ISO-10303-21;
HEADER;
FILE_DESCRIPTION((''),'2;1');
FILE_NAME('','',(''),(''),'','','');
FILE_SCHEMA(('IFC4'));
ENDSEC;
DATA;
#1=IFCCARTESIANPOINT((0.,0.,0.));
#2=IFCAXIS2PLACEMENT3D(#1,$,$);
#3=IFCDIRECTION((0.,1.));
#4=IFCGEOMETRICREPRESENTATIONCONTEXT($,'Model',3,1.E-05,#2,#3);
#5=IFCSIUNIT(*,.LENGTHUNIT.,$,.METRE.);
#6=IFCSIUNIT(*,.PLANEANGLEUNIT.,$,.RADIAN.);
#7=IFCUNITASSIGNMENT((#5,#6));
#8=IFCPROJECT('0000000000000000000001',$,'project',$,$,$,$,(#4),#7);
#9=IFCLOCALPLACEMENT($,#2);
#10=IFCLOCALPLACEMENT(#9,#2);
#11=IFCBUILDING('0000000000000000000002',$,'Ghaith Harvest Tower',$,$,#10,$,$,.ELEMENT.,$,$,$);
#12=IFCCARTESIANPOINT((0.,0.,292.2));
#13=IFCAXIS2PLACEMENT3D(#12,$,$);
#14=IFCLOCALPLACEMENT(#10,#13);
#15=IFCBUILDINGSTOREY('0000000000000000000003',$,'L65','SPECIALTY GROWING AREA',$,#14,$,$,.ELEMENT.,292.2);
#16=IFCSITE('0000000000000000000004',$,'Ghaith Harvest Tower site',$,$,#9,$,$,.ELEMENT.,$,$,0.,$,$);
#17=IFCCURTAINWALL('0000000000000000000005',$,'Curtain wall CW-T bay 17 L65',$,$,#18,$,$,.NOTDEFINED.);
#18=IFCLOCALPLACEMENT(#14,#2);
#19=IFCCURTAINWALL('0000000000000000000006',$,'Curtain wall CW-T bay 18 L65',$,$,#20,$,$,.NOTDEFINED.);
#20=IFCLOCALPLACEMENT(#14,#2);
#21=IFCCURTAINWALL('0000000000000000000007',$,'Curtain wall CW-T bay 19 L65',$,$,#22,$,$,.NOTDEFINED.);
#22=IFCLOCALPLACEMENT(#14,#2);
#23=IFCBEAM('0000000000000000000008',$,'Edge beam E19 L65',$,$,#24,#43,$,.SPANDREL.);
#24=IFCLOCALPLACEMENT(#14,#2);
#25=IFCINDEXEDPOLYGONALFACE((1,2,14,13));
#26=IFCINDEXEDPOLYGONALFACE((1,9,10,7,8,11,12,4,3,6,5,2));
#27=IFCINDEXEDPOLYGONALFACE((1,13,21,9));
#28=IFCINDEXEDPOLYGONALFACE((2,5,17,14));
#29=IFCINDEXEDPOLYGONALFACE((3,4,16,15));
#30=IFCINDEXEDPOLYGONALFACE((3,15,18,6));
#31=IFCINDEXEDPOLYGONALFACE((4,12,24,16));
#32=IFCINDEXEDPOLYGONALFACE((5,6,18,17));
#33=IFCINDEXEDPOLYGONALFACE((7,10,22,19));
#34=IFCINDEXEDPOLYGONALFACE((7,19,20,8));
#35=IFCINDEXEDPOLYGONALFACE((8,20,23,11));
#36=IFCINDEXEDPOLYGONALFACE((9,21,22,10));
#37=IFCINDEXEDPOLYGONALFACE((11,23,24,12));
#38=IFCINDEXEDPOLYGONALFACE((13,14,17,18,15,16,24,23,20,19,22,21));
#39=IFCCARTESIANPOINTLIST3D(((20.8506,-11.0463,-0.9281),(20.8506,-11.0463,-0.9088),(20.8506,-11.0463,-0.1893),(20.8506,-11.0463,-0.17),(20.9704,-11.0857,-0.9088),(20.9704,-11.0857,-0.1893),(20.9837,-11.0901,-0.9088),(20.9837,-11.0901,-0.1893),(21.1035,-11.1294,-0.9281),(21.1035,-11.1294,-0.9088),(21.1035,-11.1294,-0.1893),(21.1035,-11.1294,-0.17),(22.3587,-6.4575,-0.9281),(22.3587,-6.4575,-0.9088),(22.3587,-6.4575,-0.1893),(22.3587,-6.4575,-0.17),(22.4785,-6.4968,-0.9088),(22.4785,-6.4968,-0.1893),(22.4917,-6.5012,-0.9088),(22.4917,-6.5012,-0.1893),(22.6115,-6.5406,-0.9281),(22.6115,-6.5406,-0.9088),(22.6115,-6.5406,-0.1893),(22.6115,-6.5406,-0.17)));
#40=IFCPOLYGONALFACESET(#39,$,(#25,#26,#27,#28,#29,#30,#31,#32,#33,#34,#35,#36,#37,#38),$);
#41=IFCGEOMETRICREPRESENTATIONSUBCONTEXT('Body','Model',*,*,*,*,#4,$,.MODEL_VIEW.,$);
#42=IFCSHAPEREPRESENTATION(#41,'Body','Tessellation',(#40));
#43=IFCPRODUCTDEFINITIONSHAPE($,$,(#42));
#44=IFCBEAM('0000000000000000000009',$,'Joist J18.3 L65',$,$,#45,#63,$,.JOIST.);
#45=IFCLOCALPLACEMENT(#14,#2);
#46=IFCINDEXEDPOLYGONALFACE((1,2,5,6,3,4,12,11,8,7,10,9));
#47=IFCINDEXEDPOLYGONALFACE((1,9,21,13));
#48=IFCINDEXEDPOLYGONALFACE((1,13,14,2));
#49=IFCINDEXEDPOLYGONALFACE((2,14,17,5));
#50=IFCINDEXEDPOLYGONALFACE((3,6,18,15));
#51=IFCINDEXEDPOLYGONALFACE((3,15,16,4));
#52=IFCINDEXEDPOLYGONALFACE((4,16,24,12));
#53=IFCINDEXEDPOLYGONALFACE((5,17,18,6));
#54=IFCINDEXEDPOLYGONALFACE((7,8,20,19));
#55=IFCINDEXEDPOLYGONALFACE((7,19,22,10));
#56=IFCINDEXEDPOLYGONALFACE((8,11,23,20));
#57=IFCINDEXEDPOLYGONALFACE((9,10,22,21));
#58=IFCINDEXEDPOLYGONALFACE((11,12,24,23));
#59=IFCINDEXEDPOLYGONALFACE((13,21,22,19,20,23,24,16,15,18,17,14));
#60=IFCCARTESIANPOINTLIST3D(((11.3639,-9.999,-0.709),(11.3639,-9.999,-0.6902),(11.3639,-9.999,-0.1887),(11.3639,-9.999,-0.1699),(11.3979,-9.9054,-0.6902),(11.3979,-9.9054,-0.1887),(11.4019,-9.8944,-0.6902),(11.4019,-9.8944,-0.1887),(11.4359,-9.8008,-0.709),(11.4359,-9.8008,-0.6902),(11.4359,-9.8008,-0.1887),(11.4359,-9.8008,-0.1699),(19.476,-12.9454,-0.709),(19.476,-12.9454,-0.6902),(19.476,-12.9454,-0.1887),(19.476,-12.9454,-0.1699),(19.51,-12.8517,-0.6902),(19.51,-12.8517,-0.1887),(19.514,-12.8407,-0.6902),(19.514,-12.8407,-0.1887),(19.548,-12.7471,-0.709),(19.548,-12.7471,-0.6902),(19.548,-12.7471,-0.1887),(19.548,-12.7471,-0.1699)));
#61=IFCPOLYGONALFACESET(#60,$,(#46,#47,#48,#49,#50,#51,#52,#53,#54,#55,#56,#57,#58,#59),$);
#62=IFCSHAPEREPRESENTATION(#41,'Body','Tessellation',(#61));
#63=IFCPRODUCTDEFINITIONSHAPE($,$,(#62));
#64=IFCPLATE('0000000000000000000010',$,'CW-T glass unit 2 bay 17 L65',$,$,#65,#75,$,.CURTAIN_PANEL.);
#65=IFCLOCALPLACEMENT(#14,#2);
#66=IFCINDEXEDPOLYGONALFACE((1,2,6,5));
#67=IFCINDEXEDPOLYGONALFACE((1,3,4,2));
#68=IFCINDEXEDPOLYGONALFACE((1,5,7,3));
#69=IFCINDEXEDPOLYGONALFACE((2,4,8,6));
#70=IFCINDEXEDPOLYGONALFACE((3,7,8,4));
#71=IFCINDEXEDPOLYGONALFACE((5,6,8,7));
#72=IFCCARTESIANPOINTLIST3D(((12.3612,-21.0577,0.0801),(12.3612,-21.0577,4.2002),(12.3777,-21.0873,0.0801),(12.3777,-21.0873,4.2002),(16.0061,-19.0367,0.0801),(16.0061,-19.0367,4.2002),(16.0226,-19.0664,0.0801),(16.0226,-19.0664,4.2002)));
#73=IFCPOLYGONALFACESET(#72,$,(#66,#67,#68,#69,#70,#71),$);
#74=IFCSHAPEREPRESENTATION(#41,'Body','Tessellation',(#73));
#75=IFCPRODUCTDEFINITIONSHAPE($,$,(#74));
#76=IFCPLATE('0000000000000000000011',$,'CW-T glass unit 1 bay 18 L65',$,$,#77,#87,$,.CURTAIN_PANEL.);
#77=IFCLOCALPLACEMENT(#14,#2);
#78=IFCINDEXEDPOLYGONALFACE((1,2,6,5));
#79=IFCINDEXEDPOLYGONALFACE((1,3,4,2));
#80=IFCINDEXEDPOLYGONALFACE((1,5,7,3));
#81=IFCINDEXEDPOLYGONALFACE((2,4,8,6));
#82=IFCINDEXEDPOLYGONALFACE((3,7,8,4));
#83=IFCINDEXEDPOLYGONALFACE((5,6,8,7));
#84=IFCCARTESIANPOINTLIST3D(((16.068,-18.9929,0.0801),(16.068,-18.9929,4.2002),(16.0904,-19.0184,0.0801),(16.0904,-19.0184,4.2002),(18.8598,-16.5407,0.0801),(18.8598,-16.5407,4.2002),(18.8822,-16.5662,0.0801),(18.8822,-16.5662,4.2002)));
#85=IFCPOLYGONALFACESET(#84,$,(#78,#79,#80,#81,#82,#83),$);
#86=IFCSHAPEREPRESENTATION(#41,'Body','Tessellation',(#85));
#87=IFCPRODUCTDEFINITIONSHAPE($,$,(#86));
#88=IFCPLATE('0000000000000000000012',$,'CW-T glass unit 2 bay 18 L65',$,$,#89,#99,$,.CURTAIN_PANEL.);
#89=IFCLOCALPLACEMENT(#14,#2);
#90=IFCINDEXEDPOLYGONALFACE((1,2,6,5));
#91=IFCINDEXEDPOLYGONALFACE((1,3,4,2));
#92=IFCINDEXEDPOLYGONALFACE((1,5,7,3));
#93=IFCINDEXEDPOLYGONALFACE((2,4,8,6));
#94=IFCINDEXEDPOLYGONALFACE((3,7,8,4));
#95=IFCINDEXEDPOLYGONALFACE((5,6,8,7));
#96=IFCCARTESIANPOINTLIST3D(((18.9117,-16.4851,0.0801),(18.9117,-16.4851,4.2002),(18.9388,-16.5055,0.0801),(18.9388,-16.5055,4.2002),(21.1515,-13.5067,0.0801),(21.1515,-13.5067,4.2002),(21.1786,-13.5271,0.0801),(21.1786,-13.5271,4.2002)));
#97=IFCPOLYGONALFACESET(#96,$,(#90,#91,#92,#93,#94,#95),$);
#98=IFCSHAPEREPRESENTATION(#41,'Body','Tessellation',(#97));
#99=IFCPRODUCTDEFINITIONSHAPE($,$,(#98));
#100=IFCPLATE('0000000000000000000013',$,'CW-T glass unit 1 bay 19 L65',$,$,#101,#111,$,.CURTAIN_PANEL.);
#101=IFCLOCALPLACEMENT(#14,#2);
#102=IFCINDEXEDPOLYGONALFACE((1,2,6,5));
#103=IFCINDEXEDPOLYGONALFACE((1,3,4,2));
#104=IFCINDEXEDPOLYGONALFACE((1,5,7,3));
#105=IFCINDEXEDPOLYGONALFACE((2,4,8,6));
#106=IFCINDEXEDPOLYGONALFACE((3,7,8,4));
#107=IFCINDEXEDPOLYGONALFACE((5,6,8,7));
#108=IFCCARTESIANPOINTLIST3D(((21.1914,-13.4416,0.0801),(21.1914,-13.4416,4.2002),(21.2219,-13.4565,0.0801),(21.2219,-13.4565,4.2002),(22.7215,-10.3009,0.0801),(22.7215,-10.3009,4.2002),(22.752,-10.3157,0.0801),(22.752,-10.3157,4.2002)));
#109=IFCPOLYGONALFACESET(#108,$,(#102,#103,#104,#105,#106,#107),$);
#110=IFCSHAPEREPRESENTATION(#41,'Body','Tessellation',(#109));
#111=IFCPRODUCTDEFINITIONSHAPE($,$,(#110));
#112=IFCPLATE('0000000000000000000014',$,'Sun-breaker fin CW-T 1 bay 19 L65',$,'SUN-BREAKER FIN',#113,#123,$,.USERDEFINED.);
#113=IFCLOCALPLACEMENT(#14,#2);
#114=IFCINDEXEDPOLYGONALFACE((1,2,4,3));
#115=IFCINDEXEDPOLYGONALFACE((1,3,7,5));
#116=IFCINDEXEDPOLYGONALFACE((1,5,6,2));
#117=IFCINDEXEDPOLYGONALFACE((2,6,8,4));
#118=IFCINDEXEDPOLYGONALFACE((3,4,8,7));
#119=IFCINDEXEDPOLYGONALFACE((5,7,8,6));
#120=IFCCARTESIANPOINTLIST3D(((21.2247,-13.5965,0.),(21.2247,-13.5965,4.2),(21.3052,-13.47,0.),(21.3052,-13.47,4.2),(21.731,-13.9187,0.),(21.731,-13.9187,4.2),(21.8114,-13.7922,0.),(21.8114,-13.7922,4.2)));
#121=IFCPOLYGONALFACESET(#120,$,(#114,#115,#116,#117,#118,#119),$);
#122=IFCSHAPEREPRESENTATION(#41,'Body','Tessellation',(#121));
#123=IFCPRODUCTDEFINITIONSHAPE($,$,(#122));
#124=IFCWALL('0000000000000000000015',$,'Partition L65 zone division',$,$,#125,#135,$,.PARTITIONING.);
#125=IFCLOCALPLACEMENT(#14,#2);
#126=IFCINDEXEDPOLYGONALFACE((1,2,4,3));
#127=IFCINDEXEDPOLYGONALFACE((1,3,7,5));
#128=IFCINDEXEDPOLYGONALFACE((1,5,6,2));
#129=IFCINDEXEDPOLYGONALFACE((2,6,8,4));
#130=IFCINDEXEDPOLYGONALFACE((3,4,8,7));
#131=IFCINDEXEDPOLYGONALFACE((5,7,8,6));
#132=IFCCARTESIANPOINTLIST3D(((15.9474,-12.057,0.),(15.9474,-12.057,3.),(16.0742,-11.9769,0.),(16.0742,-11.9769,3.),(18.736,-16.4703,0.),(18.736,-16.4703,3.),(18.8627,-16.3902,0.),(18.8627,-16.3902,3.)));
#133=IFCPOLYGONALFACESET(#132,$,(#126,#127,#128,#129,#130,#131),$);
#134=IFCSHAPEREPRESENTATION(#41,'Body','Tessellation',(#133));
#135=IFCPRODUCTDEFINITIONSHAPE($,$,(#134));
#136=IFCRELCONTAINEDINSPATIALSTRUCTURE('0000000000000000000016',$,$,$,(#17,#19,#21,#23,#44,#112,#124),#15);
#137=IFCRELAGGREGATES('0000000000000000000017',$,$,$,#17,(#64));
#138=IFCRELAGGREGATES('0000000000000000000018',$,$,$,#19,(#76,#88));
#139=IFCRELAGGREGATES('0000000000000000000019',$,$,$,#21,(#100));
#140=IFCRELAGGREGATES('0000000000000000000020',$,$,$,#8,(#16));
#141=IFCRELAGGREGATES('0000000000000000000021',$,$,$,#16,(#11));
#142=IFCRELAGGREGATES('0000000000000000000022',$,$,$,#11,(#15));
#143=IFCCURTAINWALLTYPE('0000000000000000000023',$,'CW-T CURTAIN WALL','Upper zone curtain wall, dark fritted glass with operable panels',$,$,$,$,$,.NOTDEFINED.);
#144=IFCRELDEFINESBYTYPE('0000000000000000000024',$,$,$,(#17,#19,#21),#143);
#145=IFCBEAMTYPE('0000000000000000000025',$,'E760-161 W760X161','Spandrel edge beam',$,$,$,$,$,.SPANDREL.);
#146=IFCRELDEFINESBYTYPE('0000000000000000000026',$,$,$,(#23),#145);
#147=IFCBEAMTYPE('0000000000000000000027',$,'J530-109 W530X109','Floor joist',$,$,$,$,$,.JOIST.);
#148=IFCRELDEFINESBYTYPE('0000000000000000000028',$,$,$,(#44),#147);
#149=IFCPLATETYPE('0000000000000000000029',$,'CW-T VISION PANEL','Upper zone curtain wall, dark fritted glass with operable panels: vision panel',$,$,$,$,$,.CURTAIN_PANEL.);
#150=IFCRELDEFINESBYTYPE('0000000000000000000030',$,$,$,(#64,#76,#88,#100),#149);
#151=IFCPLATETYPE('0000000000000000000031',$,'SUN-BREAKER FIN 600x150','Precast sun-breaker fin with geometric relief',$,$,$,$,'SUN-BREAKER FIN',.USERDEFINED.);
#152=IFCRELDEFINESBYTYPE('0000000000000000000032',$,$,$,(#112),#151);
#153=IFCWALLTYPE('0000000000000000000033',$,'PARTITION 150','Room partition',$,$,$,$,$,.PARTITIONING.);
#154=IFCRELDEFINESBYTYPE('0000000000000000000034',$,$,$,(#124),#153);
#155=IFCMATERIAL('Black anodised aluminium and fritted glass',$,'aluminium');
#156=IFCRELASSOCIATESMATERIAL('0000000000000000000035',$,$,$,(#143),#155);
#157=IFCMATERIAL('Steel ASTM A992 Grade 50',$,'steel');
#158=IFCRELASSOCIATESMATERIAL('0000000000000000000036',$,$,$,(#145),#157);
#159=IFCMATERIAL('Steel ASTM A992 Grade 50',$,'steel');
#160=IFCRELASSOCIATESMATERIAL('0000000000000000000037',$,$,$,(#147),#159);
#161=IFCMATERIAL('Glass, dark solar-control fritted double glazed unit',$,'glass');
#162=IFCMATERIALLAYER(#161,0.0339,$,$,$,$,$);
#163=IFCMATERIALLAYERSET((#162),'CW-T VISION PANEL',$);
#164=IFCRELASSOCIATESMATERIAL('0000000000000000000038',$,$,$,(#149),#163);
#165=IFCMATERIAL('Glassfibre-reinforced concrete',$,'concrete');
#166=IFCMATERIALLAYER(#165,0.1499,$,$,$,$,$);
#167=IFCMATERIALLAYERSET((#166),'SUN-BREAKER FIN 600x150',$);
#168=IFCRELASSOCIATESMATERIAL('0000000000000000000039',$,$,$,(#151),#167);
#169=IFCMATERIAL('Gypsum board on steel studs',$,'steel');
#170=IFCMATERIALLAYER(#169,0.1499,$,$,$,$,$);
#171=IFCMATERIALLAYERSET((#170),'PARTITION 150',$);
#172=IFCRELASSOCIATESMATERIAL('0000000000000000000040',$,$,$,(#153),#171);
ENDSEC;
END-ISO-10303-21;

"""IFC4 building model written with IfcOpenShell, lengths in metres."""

from ifc_helpers import new_model, si_unit, direction, frame, frame_2d, origin, origin_2d, place, context, subcontext, project, spatial, rectangle, i_section, extrude, material, layer, layer_set, material_profile, profile_set, type_object, element, aggregate, save


model = new_model("IFC4")

# Units and contexts
model_context = context("Model", 3, precision=1e-05, world=origin(), true_north=direction((0.0, 1.0)))
body_context = subcontext(model_context, "Body", "Model", "MODEL_VIEW")
ifc_project = project(units=[si_unit("LENGTHUNIT", "METRE"), si_unit("PLANEANGLEUNIT", "RADIAN")], contexts=[model_context])

# Site, building, storey
site_placement = place(None, origin())
site = spatial("IfcSite", under=ifc_project, at=site_placement, Name="Ghaith Harvest Tower site", CompositionType="ELEMENT", RefElevation=0.0)
building_placement = place(site_placement, origin())
building = spatial("IfcBuilding", under=site, at=building_placement, Name="Ghaith Harvest Tower", CompositionType="ELEMENT")
storey_placement = place(building_placement, frame((0.0, 0.0, 292.2)))
storey = spatial("IfcBuildingStorey", under=building, at=storey_placement, Name="L65", Description="SPECIALTY GROWING AREA", CompositionType="ELEMENT", Elevation=292.2)

# Curtain wall
ifc_material_1 = material(Name="Black anodised aluminium and fritted glass", Category="aluminium")
curtain_wall_type = type_object("IfcCurtainWallType", Name="CW-T CURTAIN WALL", Description="Upper zone curtain wall, dark fritted glass with operable panels", PredefinedType="NOTDEFINED", material=ifc_material_1)
curtain_wall_1_placement = place(storey_placement, origin())
curtain_wall_1 = element("IfcCurtainWall", 1, at=curtain_wall_1_placement, inside=storey, type_object=curtain_wall_type, Name="Curtain wall CW-T bay 17 L65", PredefinedType="NOTDEFINED")

# Curtain walls
curtain_wall_2_placement = place(storey_placement, origin())
curtain_wall_2 = element("IfcCurtainWall", 2, at=curtain_wall_2_placement, inside=storey, type_object=curtain_wall_type, Name="Curtain wall CW-T bay 18 L65", PredefinedType="NOTDEFINED")
curtain_wall_3_placement = place(storey_placement, origin())
curtain_wall_3 = element("IfcCurtainWall", 3, at=curtain_wall_3_placement, inside=storey, type_object=curtain_wall_type, Name="Curtain wall CW-T bay 19 L65", PredefinedType="NOTDEFINED")

# Beams
ifc_material_2 = material(Name="Steel ASTM A992 Grade 50", Category="steel")
ifc_material_profile_1 = material_profile(ifc_material_2, i_section(OverallWidth=0.2661, OverallDepth=0.7581, WebThickness=0.0139, FlangeThickness=0.0193, at=origin_2d()), Name="W760X161")
ifc_profile_set_1 = profile_set([ifc_material_profile_1], Name="Steel ASTM A992 Grade 50")
beam_type_1 = type_object("IfcBeamType", Name="E760-161 W760X161", Description="Spandrel edge beam", PredefinedType="SPANDREL", material=ifc_profile_set_1)
beam_1_placement = place(storey_placement, frame((20.9771, -11.0879, -0.5491), z_axis=(0.312207, 0.950014, 0.0), x_axis=(-0.950014, 0.312207, 0.0)))
element("IfcBeam", 4, at=beam_1_placement, inside=storey, type_object=beam_type_1, Name="Edge beam E19 L65", PredefinedType="SPANDREL", context=body_context, shape_type="SweptSolid", body=[
    extrude(i_section(OverallWidth=0.2661, OverallDepth=0.7581, WebThickness=0.0139, FlangeThickness=0.0193, at=origin_2d()), origin(), (0.0, 0.0, 1.0), 4.8303),
])
ifc_material_3 = material(Name="Steel ASTM A992 Grade 50", Category="steel")
ifc_material_profile_2 = material_profile(ifc_material_3, i_section(OverallWidth=0.2109, OverallDepth=0.5391, WebThickness=0.0117, FlangeThickness=0.0188, at=origin_2d()), Name="W530X109")
ifc_profile_set_2 = profile_set([ifc_material_profile_2], Name="Steel ASTM A992 Grade 50")
beam_type_2 = type_object("IfcBeamType", Name="J530-109 W530X109", Description="Floor joist", PredefinedType="JOIST", material=ifc_profile_set_2)
beam_2_placement = place(storey_placement, frame((11.3999, -9.8999, -0.4395), z_axis=(0.939926, -0.34138, 0.0), x_axis=(0.34138, 0.939926, 0.0)))
element("IfcBeam", 5, at=beam_2_placement, inside=storey, type_object=beam_type_2, Name="Joist J18.3 L65", PredefinedType="JOIST", context=body_context, shape_type="SweptSolid", body=[
    extrude(i_section(OverallWidth=0.2109, OverallDepth=0.5391, WebThickness=0.0117, FlangeThickness=0.0188, at=origin_2d()), origin(), (0.0, 0.0, 1.0), 8.6306),
])

# Plates
ifc_material_4 = material(Name="Glass, dark solar-control fritted double glazed unit", Category="glass")
ifc_layer_1 = layer(ifc_material_4, 0.0339)
ifc_layer_set_1 = layer_set([ifc_layer_1], Name="CW-T VISION PANEL")
plate_type_1 = type_object("IfcPlateType", Name="CW-T VISION PANEL", Description="Upper zone curtain wall, dark fritted glass with operable panels: vision panel", PredefinedType="CURTAIN_PANEL", material=ifc_layer_set_1)
plate_1_placement = place(storey_placement, frame((14.1919, -20.062, 0.0801), z_axis=(0.0, 0.0, 1.0), x_axis=(0.874564, 0.48491, 0.0)))
plate_1 = element("IfcPlate", 6, at=plate_1_placement, type_object=plate_type_1, Name="CW-T glass unit 2 bay 17 L65", PredefinedType="CURTAIN_PANEL", context=body_context, shape_type="SweptSolid", body=[
    extrude(rectangle(XDim=4.1677, YDim=0.0339, at=origin_2d()), origin(), (0.0, 0.0, 1.0), 4.1201),
])
aggregate(curtain_wall_1, [plate_1])
plate_2_placement = place(storey_placement, frame((17.4751, -17.7795, 0.0801), z_axis=(0.0, 0.0, 1.0), x_axis=(0.751335, 0.659922, 0.0)))
plate_2 = element("IfcPlate", 7, at=plate_2_placement, type_object=plate_type_1, Name="CW-T glass unit 1 bay 18 L65", PredefinedType="CURTAIN_PANEL", context=body_context, shape_type="SweptSolid", body=[
    extrude(rectangle(XDim=3.7158, YDim=0.0339, at=origin_2d()), origin(), (0.0, 0.0, 1.0), 4.1201),
])
plate_3_placement = place(storey_placement, frame((20.0452, -15.0061, 0.0801), z_axis=(0.0, 0.0, 1.0), x_axis=(0.601048, 0.799213, 0.0)))
plate_3 = element("IfcPlate", 8, at=plate_3_placement, type_object=plate_type_1, Name="CW-T glass unit 2 bay 18 L65", PredefinedType="CURTAIN_PANEL", context=body_context, shape_type="SweptSolid", body=[
    extrude(rectangle(XDim=3.7266, YDim=0.0339, at=origin_2d()), origin(), (0.0, 0.0, 1.0), 4.1201),
])
aggregate(curtain_wall_2, [plate_2, plate_3])
plate_4_placement = place(storey_placement, frame((21.9717, -11.8787, 0.0801), z_axis=(0.0, 0.0, 1.0), x_axis=(0.437968, 0.89899, 0.0)))
plate_4 = element("IfcPlate", 9, at=plate_4_placement, type_object=plate_type_1, Name="CW-T glass unit 1 bay 19 L65", PredefinedType="CURTAIN_PANEL", context=body_context, shape_type="SweptSolid", body=[
    extrude(rectangle(XDim=3.4937, YDim=0.0339, at=origin_2d()), origin(), (0.0, 0.0, 1.0), 4.1201),
])
aggregate(curtain_wall_3, [plate_4])
ifc_material_5 = material(Name="Glassfibre-reinforced concrete", Category="concrete")
ifc_layer_2 = layer(ifc_material_5, 0.1499)
ifc_layer_set_2 = layer_set([ifc_layer_2], Name="SUN-BREAKER FIN 600x150")
plate_type_2 = type_object("IfcPlateType", Name="SUN-BREAKER FIN 600x150", Description="Precast sun-breaker fin with geometric relief", ElementType="SUN-BREAKER FIN", PredefinedType="USERDEFINED", material=ifc_layer_set_2)
plate_5_placement = place(storey_placement, frame((21.5181, -13.6943, 0.0), z_axis=(0.0, 0.0, 1.0), x_axis=(0.843644, -0.536903, 0.0)))
element("IfcPlate", 10, at=plate_5_placement, inside=storey, type_object=plate_type_2, Name="Sun-breaker fin CW-T 1 bay 19 L65", ObjectType="SUN-BREAKER FIN", PredefinedType="USERDEFINED", context=body_context, shape_type="SweptSolid", body=[
    extrude(rectangle(XDim=0.6001, YDim=0.1499, at=origin_2d()), origin(), (0.0, 0.0, 1.0), 4.2),
])

# Wall
ifc_material_6 = material(Name="Gypsum board on steel studs", Category="steel")
ifc_layer_3 = layer(ifc_material_6, 0.1499)
ifc_layer_set_3 = layer_set([ifc_layer_3], Name="PARTITION 150")
wall_type_1 = type_object("IfcWallType", Name="PARTITION 150", Description="Room partition", PredefinedType="PARTITIONING", material=ifc_layer_set_3)
wall_1_placement = place(storey_placement, frame((16.0107, -12.0168, 0.0), z_axis=(0.0, 0.0, 1.0), x_axis=(0.534158, -0.845384, 0.0)))
element("IfcWall", 11, at=wall_1_placement, inside=storey, type_object=wall_type_1, Name="Partition L65 zone division", PredefinedType="PARTITIONING", context=body_context, shape_type="SweptSolid", body=[
    extrude(rectangle(XDim=5.2205, YDim=0.1499, at=frame_2d((2.6104, 0.0))), origin(), (0.0, 0.0, 1.0), 3.0),
])

save(model, "model.ifc")
